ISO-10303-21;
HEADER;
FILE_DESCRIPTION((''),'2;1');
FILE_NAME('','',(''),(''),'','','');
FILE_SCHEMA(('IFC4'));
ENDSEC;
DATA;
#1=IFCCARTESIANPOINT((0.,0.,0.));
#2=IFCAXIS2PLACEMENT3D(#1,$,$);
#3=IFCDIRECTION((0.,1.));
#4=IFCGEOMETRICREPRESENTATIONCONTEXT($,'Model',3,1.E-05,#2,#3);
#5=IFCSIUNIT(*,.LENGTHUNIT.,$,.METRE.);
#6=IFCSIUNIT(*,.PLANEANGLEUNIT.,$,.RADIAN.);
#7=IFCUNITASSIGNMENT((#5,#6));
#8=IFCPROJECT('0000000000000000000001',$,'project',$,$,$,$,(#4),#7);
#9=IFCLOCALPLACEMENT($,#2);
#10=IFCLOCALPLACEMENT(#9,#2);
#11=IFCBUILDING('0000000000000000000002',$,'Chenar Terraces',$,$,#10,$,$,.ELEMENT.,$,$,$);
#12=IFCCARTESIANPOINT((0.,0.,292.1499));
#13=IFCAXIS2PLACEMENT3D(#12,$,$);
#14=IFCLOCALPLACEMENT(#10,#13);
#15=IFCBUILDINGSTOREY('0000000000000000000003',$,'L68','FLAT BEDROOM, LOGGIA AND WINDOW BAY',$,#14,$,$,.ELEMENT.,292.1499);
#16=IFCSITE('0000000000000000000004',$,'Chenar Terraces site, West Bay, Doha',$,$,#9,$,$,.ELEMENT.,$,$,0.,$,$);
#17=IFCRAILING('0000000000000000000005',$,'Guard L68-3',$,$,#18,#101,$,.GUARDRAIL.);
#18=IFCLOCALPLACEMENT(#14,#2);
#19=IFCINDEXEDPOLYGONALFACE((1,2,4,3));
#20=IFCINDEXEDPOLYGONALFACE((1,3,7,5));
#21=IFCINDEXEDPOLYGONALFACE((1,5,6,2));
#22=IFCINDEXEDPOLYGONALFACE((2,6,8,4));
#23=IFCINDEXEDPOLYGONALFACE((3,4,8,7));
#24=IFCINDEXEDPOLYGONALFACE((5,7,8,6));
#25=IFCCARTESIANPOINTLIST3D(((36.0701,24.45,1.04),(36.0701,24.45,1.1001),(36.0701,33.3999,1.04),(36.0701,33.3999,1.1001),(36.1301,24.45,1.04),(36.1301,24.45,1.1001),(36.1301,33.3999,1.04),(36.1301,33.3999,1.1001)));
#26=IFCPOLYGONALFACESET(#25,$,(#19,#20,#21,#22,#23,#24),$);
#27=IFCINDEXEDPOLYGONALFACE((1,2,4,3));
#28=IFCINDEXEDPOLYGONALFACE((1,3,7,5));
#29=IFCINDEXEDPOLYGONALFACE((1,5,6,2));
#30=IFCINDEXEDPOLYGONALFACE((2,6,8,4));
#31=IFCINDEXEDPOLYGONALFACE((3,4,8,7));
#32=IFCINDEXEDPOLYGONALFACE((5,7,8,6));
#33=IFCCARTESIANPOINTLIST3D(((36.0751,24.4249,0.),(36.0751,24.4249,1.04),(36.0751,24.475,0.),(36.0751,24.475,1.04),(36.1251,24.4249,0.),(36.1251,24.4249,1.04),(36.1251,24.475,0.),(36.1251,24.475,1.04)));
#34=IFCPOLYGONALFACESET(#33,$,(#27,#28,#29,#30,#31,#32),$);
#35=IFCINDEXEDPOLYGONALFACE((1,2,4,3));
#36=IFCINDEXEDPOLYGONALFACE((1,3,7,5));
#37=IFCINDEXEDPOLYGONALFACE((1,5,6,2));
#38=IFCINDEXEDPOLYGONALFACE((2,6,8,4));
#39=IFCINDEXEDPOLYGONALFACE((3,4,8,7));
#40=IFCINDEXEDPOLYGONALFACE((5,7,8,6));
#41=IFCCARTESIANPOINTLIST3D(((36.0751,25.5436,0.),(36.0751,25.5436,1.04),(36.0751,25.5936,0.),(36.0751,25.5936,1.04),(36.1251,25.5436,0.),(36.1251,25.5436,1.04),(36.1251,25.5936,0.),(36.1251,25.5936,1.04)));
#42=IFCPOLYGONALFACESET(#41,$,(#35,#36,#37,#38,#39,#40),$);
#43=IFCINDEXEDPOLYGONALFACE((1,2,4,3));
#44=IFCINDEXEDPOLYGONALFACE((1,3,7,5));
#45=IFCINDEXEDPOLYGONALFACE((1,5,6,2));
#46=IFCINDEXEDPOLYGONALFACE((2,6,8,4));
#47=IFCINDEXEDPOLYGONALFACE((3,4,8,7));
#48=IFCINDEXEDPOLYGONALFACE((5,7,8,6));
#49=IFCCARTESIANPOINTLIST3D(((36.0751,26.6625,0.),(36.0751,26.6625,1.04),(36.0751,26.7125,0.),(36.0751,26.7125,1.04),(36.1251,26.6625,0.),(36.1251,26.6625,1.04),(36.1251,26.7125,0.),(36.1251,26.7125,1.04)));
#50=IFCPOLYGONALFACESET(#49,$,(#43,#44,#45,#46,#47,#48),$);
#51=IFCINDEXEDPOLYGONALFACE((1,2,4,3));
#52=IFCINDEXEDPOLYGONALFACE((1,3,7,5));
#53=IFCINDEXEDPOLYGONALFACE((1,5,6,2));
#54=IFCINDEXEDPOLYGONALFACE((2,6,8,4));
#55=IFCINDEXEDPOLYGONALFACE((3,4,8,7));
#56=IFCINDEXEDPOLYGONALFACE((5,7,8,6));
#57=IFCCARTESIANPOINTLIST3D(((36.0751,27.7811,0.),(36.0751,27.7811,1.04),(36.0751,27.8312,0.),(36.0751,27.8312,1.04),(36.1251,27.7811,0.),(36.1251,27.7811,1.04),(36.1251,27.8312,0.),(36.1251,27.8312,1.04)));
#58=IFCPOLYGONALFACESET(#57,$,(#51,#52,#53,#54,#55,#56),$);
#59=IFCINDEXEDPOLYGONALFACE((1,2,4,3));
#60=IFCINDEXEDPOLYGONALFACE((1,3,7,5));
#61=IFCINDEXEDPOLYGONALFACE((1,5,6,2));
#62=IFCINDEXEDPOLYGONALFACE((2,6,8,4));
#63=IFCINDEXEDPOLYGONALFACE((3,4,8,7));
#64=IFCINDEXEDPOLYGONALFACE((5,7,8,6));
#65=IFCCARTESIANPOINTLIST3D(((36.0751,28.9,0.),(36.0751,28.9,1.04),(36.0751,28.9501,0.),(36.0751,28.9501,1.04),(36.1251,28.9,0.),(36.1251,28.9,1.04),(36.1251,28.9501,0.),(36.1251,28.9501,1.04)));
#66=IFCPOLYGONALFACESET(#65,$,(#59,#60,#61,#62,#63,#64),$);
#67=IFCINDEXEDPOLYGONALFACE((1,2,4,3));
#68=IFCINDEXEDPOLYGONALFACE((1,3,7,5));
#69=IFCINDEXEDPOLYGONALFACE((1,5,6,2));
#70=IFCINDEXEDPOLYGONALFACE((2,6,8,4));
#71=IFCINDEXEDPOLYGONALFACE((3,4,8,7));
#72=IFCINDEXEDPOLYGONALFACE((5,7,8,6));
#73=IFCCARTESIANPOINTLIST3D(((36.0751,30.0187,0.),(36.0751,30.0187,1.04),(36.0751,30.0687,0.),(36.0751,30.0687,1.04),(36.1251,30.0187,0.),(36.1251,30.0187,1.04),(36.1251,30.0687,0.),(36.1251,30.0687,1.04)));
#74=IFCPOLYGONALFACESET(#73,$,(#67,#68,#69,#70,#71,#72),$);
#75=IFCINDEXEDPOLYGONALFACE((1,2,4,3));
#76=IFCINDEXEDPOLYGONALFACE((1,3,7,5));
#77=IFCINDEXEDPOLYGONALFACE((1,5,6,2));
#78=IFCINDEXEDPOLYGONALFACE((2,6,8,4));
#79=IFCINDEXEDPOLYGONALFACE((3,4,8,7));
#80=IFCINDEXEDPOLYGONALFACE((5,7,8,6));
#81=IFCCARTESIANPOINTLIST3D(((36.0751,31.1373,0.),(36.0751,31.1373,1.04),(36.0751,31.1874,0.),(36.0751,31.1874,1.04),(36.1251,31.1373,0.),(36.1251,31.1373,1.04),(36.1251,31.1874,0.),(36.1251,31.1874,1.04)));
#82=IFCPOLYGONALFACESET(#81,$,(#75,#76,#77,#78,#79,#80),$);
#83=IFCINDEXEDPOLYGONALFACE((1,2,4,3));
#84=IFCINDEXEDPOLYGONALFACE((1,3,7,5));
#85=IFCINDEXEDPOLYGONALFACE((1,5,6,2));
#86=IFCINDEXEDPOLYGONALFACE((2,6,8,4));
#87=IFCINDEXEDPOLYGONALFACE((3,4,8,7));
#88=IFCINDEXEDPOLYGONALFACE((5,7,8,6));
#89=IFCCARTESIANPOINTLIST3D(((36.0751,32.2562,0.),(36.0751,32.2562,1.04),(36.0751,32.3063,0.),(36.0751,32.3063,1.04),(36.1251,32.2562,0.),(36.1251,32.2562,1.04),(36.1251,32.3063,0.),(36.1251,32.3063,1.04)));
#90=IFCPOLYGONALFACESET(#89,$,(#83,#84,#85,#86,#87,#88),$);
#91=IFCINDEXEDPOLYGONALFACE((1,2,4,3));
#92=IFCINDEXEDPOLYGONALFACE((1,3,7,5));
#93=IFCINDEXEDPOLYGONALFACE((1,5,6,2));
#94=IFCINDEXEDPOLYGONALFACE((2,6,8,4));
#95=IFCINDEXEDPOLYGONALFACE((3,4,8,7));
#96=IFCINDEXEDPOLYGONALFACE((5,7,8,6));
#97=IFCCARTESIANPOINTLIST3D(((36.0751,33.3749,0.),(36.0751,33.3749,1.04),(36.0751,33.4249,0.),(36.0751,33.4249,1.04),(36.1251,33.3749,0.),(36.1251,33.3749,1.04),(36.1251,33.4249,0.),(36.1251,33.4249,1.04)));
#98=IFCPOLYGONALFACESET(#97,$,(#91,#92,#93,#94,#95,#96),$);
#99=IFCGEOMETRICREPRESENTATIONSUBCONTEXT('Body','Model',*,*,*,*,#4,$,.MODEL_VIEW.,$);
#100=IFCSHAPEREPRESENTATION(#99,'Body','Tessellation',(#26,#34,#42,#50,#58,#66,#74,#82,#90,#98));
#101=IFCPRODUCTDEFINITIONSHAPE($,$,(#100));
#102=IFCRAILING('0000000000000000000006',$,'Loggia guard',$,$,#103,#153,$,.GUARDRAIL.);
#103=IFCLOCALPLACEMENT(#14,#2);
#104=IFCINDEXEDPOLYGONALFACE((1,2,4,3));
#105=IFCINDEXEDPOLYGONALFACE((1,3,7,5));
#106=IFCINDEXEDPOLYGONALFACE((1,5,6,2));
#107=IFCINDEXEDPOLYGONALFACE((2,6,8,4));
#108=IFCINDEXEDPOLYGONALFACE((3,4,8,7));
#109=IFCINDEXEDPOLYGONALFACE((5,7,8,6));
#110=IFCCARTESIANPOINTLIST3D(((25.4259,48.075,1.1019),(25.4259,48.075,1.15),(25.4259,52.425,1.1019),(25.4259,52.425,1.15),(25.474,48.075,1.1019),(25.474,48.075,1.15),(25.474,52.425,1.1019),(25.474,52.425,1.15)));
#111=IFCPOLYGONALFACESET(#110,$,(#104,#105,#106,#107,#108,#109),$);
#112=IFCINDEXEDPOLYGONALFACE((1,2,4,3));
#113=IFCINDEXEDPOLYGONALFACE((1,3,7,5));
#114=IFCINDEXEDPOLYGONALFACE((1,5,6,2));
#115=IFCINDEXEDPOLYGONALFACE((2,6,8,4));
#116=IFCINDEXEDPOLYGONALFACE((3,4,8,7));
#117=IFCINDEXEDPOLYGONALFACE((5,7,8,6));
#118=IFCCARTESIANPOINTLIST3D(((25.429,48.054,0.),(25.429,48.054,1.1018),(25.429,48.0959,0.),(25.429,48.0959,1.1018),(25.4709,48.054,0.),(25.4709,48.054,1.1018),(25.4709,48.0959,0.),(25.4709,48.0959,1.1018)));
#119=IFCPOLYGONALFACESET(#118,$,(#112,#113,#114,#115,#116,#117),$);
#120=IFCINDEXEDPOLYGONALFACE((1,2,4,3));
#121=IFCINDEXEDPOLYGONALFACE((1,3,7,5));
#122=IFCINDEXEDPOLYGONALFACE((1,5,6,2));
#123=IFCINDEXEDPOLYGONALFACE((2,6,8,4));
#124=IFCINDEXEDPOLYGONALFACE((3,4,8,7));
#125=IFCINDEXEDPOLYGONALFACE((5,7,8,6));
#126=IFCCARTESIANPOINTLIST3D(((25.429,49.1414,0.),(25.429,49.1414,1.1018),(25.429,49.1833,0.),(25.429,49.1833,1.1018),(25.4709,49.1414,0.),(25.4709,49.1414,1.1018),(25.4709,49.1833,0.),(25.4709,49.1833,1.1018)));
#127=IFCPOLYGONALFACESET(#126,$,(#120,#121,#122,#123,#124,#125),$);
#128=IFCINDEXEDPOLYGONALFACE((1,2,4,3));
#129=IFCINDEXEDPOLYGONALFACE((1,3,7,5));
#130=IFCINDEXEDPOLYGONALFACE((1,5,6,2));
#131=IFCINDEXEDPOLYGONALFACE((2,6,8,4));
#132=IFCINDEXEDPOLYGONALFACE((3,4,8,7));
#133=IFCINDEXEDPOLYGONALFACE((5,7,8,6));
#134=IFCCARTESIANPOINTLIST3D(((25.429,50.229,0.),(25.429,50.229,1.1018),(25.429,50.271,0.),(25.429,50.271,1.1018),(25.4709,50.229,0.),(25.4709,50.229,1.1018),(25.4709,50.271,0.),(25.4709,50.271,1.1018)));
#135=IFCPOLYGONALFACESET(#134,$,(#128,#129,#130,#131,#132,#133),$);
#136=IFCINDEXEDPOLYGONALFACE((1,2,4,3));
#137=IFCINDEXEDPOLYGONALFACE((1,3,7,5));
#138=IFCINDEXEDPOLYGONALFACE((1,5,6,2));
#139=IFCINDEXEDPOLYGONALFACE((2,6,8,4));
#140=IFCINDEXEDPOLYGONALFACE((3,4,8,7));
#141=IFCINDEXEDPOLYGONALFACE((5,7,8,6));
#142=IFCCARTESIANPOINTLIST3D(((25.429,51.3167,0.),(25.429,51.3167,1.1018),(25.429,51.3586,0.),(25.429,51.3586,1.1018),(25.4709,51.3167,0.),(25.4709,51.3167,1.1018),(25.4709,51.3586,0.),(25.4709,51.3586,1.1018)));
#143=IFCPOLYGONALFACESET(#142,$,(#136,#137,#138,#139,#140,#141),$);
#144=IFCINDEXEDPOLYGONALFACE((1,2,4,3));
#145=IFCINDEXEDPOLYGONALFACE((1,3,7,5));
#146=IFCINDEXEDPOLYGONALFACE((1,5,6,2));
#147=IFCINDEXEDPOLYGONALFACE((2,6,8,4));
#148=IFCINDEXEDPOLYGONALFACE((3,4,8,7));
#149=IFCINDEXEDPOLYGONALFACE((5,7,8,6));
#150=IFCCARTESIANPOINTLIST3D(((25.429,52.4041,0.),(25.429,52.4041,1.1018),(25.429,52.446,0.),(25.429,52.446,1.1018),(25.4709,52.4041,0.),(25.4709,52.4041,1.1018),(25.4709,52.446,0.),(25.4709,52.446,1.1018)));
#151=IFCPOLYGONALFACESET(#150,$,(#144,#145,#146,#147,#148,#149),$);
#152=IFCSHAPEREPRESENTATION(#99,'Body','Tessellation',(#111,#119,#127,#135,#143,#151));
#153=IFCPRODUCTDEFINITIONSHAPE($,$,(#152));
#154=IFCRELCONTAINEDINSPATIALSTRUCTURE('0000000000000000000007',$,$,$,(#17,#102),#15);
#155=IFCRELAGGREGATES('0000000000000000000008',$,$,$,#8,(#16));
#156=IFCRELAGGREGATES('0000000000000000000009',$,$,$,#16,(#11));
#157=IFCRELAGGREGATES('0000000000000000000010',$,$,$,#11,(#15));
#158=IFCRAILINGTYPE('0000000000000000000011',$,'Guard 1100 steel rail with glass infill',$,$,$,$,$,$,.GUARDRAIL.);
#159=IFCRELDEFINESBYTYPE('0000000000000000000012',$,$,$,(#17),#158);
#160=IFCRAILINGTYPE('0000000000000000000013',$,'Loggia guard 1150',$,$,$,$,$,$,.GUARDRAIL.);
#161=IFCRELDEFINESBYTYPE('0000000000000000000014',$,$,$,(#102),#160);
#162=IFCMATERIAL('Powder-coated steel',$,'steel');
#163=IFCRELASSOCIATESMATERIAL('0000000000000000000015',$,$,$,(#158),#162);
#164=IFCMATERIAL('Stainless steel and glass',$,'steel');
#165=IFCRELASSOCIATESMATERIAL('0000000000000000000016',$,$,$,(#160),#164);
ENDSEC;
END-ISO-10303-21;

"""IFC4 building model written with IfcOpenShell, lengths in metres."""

from ifc_helpers import new_model, si_unit, direction, frame, origin, origin_2d, place, context, subcontext, project, spatial, rectangle, extrude, material, type_object, element, save


model = new_model("IFC4")

# Units and contexts
model_context = context("Model", 3, precision=1e-05, world=origin(), true_north=direction((0.0, 1.0)))
body_context = subcontext(model_context, "Body", "Model", "MODEL_VIEW")
ifc_project = project(units=[si_unit("LENGTHUNIT", "METRE"), si_unit("PLANEANGLEUNIT", "RADIAN")], contexts=[model_context])

# Site, building, storey
site_placement = place(None, origin())
site = spatial("IfcSite", under=ifc_project, at=site_placement, Name="Chenar Terraces site, West Bay, Doha", CompositionType="ELEMENT", RefElevation=0.0)
building_placement = place(site_placement, origin())
building = spatial("IfcBuilding", under=site, at=building_placement, Name="Chenar Terraces", CompositionType="ELEMENT")
storey_placement = place(building_placement, frame((0.0, 0.0, 292.1499)))
storey = spatial("IfcBuildingStorey", under=building, at=storey_placement, Name="L68", Description="FLAT BEDROOM, LOGGIA AND WINDOW BAY", CompositionType="ELEMENT", Elevation=292.1499)

# Railings
ifc_material_1 = material(Name="Powder-coated steel", Category="steel")
railing_type_1 = type_object("IfcRailingType", Name="Guard 1100 steel rail with glass infill", PredefinedType="GUARDRAIL", material=ifc_material_1)
railing_1_placement = place(storey_placement, frame((36.1001, 24.45, 0.0)))
element("IfcRailing", 1, at=railing_1_placement, inside=storey, type_object=railing_type_1, Name="Guard L68-3", PredefinedType="GUARDRAIL", context=body_context, shape_type="SweptSolid", body=[
    extrude(rectangle(XDim=0.0601, YDim=0.0601, at=origin_2d()), frame((0.0, 0.0, 1.0701), z_axis=(0.0, 1.0, 0.0), x_axis=(-1.0, 0.0, 0.0)), (0.0, 0.0, 1.0), 8.95),
    extrude(rectangle(XDim=0.05, YDim=0.05, at=origin_2d()), origin(), (0.0, 0.0, 1.0), 1.04),
    extrude(rectangle(XDim=0.05, YDim=0.05, at=origin_2d()), frame((0.0, 1.1187, 0.0)), (0.0, 0.0, 1.0), 1.04),
    extrude(rectangle(XDim=0.05, YDim=0.05, at=origin_2d()), frame((0.0, 2.2375, 0.0)), (0.0, 0.0, 1.0), 1.04),
    extrude(rectangle(XDim=0.05, YDim=0.05, at=origin_2d()), frame((0.0, 3.3562, 0.0)), (0.0, 0.0, 1.0), 1.04),
    extrude(rectangle(XDim=0.05, YDim=0.05, at=origin_2d()), frame((0.0, 4.4751, 0.0)), (0.0, 0.0, 1.0), 1.04),
    extrude(rectangle(XDim=0.05, YDim=0.05, at=origin_2d()), frame((0.0, 5.5938, 0.0)), (0.0, 0.0, 1.0), 1.04),
    extrude(rectangle(XDim=0.05, YDim=0.05, at=origin_2d()), frame((0.0, 6.7124, 0.0)), (0.0, 0.0, 1.0), 1.04),
    extrude(rectangle(XDim=0.05, YDim=0.05, at=origin_2d()), frame((0.0, 7.8313, 0.0)), (0.0, 0.0, 1.0), 1.04),
    extrude(rectangle(XDim=0.05, YDim=0.05, at=origin_2d()), frame((0.0, 8.95, 0.0)), (0.0, 0.0, 1.0), 1.04),
])
ifc_material_2 = material(Name="Stainless steel and glass", Category="steel")
railing_type_2 = type_object("IfcRailingType", Name="Loggia guard 1150", PredefinedType="GUARDRAIL", material=ifc_material_2)
railing_2_placement = place(storey_placement, frame((25.45, 48.075, 0.0)))
element("IfcRailing", 2, at=railing_2_placement, inside=storey, type_object=railing_type_2, Name="Loggia guard", PredefinedType="GUARDRAIL", context=body_context, shape_type="SweptSolid", body=[
    extrude(rectangle(XDim=0.0481, YDim=0.0481, at=origin_2d()), frame((0.0, 0.0, 1.126), z_axis=(0.0, 1.0, 0.0), x_axis=(-1.0, 0.0, 0.0)), (0.0, 0.0, 1.0), 4.3501),
    extrude(rectangle(XDim=0.042, YDim=0.042, at=origin_2d()), origin(), (0.0, 0.0, 1.0), 1.1018),
    extrude(rectangle(XDim=0.042, YDim=0.042, at=origin_2d()), frame((0.0, 1.0874, 0.0)), (0.0, 0.0, 1.0), 1.1018),
    extrude(rectangle(XDim=0.042, YDim=0.042, at=origin_2d()), frame((0.0, 2.175, 0.0)), (0.0, 0.0, 1.0), 1.1018),
    extrude(rectangle(XDim=0.042, YDim=0.042, at=origin_2d()), frame((0.0, 3.2627, 0.0)), (0.0, 0.0, 1.0), 1.1018),
    extrude(rectangle(XDim=0.042, YDim=0.042, at=origin_2d()), frame((0.0, 4.3501, 0.0)), (0.0, 0.0, 1.0), 1.1018),
])

save(model, "model.ifc")
